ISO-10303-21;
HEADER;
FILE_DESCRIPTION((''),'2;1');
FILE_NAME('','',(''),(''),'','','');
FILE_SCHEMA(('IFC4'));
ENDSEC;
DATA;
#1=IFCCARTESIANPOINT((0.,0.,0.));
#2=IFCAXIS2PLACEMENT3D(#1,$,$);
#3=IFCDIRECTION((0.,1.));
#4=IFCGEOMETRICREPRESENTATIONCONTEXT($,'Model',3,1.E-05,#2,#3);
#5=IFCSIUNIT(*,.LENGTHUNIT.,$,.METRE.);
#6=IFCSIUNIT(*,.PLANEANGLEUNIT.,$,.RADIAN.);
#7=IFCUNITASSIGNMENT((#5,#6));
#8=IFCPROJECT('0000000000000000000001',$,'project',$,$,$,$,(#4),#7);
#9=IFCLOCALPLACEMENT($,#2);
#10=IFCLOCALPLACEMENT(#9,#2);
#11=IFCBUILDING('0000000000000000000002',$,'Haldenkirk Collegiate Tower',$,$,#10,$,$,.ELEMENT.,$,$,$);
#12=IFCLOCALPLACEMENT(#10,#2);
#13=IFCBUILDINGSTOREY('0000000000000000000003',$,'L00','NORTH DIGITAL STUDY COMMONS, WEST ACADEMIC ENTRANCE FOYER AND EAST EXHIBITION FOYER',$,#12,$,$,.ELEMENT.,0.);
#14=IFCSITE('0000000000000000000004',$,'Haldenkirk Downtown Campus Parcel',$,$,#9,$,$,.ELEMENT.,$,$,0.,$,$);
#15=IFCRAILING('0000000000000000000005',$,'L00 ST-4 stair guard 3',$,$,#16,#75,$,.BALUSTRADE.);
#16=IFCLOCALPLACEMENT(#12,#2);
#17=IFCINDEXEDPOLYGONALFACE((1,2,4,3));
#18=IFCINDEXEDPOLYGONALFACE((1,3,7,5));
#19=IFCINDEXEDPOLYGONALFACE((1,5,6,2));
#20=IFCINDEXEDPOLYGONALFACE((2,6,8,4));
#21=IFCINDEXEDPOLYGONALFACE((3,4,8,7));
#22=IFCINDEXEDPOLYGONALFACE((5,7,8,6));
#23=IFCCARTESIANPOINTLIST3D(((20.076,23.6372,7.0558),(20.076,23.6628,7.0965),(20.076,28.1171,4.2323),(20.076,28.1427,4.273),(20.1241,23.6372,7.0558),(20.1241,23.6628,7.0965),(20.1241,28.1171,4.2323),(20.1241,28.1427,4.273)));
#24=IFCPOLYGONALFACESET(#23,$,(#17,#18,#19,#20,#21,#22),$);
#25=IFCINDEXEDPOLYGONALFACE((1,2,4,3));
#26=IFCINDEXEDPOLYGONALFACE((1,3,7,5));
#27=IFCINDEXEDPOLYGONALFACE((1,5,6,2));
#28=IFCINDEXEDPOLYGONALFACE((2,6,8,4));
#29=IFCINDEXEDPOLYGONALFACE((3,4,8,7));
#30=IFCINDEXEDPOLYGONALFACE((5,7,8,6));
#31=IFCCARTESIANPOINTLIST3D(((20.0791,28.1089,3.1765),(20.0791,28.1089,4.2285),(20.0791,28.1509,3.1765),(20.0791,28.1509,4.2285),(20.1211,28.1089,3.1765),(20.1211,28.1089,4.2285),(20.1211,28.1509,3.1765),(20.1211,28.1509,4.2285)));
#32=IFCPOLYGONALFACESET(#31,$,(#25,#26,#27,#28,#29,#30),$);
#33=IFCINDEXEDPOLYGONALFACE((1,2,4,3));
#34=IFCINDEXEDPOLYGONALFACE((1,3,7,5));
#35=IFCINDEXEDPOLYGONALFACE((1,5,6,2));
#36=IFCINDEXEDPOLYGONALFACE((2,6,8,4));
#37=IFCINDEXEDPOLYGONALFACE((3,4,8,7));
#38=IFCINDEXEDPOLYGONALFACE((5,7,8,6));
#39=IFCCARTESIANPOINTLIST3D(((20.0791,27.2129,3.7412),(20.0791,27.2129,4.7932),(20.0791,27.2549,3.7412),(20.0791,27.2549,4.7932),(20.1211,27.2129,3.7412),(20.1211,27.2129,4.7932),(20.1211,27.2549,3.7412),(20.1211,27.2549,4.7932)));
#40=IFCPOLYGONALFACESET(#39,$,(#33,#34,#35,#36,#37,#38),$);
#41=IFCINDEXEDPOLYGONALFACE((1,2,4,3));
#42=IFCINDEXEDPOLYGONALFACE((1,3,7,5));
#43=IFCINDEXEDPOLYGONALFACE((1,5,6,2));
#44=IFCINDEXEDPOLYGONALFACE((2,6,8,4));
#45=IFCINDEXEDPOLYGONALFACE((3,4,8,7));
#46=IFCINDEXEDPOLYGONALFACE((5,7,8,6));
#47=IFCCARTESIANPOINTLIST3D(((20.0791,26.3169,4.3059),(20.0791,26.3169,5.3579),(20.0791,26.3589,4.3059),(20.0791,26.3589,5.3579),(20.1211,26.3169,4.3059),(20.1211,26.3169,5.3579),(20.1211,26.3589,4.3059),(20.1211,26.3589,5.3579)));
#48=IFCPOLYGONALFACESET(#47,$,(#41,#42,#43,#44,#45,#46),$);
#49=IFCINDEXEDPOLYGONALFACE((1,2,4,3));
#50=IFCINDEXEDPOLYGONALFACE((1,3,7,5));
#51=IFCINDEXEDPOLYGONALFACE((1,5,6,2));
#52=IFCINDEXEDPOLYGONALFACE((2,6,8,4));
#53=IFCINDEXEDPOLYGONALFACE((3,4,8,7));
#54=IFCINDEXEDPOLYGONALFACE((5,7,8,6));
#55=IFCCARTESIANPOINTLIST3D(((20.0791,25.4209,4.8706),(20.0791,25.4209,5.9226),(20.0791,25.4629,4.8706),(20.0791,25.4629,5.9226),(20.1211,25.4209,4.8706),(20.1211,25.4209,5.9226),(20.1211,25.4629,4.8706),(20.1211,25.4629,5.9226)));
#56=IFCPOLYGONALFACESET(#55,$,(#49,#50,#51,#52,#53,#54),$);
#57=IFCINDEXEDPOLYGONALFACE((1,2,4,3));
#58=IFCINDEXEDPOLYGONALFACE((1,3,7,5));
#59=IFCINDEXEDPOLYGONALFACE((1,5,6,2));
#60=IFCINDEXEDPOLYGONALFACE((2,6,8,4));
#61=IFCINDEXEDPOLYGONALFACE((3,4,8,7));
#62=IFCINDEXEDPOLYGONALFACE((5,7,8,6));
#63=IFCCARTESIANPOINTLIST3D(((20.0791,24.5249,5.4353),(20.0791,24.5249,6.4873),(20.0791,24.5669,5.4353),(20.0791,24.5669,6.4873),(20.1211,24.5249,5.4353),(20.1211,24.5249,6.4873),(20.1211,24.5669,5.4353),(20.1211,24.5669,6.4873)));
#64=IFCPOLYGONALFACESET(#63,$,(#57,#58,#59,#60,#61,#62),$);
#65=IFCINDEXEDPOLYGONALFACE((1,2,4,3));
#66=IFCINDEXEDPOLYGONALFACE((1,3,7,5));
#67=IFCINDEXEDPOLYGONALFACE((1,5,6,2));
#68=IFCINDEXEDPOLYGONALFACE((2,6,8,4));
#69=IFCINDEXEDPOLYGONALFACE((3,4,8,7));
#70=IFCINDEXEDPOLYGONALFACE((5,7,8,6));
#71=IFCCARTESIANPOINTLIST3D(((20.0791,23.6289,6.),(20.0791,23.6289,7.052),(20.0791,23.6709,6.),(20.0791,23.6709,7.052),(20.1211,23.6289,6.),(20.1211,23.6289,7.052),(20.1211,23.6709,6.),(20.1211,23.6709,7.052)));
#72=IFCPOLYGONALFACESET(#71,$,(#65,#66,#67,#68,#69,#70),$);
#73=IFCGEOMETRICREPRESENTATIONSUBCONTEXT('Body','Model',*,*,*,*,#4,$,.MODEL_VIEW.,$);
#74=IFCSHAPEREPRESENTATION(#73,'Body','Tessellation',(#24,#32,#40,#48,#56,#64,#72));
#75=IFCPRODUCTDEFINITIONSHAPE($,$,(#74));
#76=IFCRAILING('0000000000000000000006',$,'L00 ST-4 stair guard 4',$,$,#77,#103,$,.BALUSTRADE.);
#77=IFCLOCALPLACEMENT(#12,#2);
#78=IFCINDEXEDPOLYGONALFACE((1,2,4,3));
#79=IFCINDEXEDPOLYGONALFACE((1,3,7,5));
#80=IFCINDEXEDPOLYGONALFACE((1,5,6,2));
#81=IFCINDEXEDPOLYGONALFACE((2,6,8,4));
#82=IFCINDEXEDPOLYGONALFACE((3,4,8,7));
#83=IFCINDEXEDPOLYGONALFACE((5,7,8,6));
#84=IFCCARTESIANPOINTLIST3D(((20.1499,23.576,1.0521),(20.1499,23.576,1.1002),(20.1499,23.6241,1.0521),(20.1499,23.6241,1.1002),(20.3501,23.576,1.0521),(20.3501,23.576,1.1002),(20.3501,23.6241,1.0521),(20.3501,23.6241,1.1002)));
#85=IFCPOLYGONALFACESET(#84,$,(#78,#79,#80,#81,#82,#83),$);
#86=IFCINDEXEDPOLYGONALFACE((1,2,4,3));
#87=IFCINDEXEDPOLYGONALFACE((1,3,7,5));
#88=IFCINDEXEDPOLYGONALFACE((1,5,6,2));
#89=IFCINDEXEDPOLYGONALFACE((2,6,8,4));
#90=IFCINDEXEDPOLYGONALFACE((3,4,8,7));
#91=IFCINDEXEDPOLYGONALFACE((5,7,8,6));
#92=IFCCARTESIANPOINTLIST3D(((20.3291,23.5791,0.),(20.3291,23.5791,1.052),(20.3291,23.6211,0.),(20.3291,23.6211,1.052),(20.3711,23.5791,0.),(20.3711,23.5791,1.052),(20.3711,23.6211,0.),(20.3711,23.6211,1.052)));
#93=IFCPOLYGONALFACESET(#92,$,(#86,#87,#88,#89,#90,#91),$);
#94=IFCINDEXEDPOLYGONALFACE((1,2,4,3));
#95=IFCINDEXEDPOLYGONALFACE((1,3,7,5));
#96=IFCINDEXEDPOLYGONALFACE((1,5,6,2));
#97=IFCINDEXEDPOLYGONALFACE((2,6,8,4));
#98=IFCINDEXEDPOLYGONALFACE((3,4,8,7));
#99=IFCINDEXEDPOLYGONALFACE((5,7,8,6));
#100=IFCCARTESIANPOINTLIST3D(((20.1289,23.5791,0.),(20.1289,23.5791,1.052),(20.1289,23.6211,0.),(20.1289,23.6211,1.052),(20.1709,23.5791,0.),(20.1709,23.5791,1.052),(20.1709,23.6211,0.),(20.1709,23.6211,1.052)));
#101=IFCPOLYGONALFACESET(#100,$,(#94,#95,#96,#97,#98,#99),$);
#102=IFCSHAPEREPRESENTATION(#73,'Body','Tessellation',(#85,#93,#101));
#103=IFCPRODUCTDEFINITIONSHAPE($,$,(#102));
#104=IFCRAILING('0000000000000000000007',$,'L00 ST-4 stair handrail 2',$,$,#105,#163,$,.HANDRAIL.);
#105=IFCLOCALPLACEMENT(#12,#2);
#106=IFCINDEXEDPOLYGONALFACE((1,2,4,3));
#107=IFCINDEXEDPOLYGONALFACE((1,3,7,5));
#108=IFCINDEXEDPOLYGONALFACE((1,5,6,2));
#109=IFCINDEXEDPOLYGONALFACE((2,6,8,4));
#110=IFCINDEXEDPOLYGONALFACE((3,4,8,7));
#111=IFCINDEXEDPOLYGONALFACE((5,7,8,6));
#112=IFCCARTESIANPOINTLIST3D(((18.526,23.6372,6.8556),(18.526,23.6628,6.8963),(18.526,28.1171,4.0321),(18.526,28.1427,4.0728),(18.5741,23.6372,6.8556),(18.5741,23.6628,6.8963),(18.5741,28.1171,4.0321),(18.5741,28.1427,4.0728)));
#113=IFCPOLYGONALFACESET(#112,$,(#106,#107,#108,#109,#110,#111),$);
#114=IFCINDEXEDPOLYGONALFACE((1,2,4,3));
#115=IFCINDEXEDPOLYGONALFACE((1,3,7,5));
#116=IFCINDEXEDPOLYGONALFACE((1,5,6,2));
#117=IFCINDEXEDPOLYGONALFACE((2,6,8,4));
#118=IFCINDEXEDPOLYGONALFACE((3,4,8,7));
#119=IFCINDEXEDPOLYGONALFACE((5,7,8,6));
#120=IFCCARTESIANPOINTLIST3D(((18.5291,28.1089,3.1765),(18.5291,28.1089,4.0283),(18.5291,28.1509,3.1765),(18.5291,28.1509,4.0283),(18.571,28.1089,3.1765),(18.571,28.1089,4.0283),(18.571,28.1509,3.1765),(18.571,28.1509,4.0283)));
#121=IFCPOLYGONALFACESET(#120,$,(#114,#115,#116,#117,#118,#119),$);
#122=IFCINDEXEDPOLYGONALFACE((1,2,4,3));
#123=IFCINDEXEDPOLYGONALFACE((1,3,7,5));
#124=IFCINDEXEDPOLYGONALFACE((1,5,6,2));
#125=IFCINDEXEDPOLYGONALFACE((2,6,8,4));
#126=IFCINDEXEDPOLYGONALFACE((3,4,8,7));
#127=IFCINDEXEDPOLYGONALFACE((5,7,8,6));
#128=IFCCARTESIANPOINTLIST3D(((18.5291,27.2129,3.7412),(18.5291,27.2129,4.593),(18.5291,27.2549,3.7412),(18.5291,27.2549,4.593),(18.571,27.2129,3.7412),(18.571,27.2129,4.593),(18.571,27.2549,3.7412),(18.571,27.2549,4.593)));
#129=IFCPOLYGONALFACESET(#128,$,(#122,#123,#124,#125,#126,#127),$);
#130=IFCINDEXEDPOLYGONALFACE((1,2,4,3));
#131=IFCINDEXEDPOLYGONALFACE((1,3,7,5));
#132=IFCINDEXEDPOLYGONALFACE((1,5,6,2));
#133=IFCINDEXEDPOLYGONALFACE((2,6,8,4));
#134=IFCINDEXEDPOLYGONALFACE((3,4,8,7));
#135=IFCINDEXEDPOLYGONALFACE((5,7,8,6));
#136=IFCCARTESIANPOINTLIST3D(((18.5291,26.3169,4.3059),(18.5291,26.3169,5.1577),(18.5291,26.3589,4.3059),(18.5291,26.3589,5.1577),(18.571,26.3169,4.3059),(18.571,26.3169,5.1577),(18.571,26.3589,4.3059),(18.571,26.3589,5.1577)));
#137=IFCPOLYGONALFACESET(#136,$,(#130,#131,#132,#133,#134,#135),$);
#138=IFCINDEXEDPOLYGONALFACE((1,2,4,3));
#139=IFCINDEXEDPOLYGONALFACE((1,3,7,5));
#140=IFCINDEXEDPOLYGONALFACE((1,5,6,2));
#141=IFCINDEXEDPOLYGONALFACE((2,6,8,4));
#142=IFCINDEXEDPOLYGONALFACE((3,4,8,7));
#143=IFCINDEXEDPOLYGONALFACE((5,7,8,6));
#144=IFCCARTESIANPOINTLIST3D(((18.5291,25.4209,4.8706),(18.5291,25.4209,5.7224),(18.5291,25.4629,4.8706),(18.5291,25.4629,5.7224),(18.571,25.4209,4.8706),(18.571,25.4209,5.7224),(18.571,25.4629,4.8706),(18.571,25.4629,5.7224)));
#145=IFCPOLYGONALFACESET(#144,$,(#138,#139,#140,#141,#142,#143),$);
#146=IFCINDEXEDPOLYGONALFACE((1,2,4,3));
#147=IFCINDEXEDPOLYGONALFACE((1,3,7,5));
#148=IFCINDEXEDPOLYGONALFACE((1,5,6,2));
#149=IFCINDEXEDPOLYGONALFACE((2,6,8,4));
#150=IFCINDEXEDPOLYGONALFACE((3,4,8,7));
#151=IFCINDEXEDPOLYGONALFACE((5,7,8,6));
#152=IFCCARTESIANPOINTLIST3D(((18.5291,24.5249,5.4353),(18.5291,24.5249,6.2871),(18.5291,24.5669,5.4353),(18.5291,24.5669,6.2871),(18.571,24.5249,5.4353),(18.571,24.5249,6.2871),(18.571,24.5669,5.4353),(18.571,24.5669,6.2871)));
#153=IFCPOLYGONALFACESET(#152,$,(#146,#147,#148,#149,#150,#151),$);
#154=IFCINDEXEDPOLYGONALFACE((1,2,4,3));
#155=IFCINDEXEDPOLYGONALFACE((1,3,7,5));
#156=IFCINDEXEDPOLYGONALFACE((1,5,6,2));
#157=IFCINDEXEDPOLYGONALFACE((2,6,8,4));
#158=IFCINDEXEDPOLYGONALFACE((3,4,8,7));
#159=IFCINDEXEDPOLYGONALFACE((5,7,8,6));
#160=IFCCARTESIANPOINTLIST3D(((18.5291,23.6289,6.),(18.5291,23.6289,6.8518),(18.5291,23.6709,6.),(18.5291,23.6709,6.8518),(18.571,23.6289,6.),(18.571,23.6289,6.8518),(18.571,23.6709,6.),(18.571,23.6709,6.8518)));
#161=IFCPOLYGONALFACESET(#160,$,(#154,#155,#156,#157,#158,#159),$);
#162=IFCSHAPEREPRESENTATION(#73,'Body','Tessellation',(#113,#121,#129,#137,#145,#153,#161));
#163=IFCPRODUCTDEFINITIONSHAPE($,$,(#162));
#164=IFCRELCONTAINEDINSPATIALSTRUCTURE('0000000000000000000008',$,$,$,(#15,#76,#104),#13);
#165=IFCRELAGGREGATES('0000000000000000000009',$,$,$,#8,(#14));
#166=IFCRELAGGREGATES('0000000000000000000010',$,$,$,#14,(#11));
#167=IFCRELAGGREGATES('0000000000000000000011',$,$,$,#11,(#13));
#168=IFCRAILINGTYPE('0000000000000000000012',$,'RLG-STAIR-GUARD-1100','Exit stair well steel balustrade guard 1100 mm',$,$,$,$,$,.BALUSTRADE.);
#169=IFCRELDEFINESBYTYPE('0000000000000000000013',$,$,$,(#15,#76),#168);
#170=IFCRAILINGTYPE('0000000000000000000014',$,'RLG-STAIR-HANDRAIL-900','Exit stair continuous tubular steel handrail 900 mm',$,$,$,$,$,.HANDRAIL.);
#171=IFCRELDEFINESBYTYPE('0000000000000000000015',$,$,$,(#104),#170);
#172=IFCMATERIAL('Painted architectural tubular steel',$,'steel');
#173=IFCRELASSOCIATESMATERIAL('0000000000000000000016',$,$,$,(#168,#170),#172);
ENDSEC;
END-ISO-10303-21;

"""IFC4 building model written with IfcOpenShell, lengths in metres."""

from ifc_helpers import new_model, si_unit, direction, frame, origin, origin_2d, place, context, subcontext, project, spatial, rectangle, extrude, material, type_object, element, save


model = new_model("IFC4")

# Units and contexts
model_context = context("Model", 3, precision=1e-05, world=origin(), true_north=direction((0.0, 1.0)))
body_context = subcontext(model_context, "Body", "Model", "MODEL_VIEW")
ifc_project = project(units=[si_unit("LENGTHUNIT", "METRE"), si_unit("PLANEANGLEUNIT", "RADIAN")], contexts=[model_context])

# Site, building, storey
site_placement = place(None, origin())
site = spatial("IfcSite", under=ifc_project, at=site_placement, Name="Haldenkirk Downtown Campus Parcel", CompositionType="ELEMENT", RefElevation=0.0)
building_placement = place(site_placement, origin())
building = spatial("IfcBuilding", under=site, at=building_placement, Name="Haldenkirk Collegiate Tower", CompositionType="ELEMENT")
storey_placement = place(building_placement, origin())
storey = spatial("IfcBuildingStorey", under=building, at=storey_placement, Name="L00", Description="NORTH DIGITAL STUDY COMMONS, WEST ACADEMIC ENTRANCE FOYER AND EAST EXHIBITION FOYER", CompositionType="ELEMENT", Elevation=0.0)

# Railings
ifc_material_1 = material(Name="Painted architectural tubular steel", Category="steel")
railing_type_1 = type_object("IfcRailingType", Name="RLG-STAIR-GUARD-1100", Description="Exit stair well steel balustrade guard 1100 mm", PredefinedType="BALUSTRADE", material=ifc_material_1)
railing_1_placement = place(storey_placement, frame((20.1001, 28.1299, 3.1765)))
element("IfcRailing", 1, at=railing_1_placement, inside=storey, type_object=railing_type_1, Name="L00 ST-4 stair guard 3", PredefinedType="BALUSTRADE", context=body_context, shape_type="SweptSolid", body=[
    extrude(rectangle(XDim=0.0481, YDim=0.0481, at=origin_2d()), frame((0.0, 0.0, 1.0762), z_axis=(0.0, -0.845998, 0.533186), x_axis=(1.0, 0.0, 0.0)), (0.0, 0.0, 1.0), 5.2954),
    extrude(rectangle(XDim=0.042, YDim=0.042, at=origin_2d()), origin(), (0.0, 0.0, 1.0), 1.052),
    extrude(rectangle(XDim=0.042, YDim=0.042, at=origin_2d()), frame((0.0, -0.896, 0.5647)), (0.0, 0.0, 1.0), 1.052),
    extrude(rectangle(XDim=0.042, YDim=0.042, at=origin_2d()), frame((0.0, -1.792, 1.1294)), (0.0, 0.0, 1.0), 1.052),
    extrude(rectangle(XDim=0.042, YDim=0.042, at=origin_2d()), frame((0.0, -2.688, 1.6941)), (0.0, 0.0, 1.0), 1.052),
    extrude(rectangle(XDim=0.042, YDim=0.042, at=origin_2d()), frame((0.0, -3.584, 2.2588)), (0.0, 0.0, 1.0), 1.052),
    extrude(rectangle(XDim=0.042, YDim=0.042, at=origin_2d()), frame((0.0, -4.48, 2.8235)), (0.0, 0.0, 1.0), 1.052),
])
railing_2_placement = place(storey_placement, frame((20.3501, 23.6001, 0.0)))
element("IfcRailing", 2, at=railing_2_placement, inside=storey, type_object=railing_type_1, Name="L00 ST-4 stair guard 4", PredefinedType="BALUSTRADE", context=body_context, shape_type="SweptSolid", body=[
    extrude(rectangle(XDim=0.0481, YDim=0.0481, at=origin_2d()), frame((0.0, 0.0, 1.0762), z_axis=(-1.0, 0.0, 0.0), x_axis=(0.0, -1.0, 0.0)), (0.0, 0.0, 1.0), 0.2002),
    extrude(rectangle(XDim=0.042, YDim=0.042, at=origin_2d()), origin(), (0.0, 0.0, 1.0), 1.052),
    extrude(rectangle(XDim=0.042, YDim=0.042, at=origin_2d()), frame((-0.2002, 0.0, 0.0)), (0.0, 0.0, 1.0), 1.052),
])
railing_type_2 = type_object("IfcRailingType", Name="RLG-STAIR-HANDRAIL-900", Description="Exit stair continuous tubular steel handrail 900 mm", PredefinedType="HANDRAIL", material=ifc_material_1)
railing_3_placement = place(storey_placement, frame((18.55, 28.1299, 3.1765)))
element("IfcRailing", 3, at=railing_3_placement, inside=storey, type_object=railing_type_2, Name="L00 ST-4 stair handrail 2", PredefinedType="HANDRAIL", context=body_context, shape_type="SweptSolid", body=[
    extrude(rectangle(XDim=0.0481, YDim=0.0481, at=origin_2d()), frame((0.0, 0.0, 0.876), z_axis=(0.0, -0.845998, 0.533186), x_axis=(1.0, 0.0, 0.0)), (0.0, 0.0, 1.0), 5.2954),
    extrude(rectangle(XDim=0.042, YDim=0.042, at=origin_2d()), origin(), (0.0, 0.0, 1.0), 0.8518),
    extrude(rectangle(XDim=0.042, YDim=0.042, at=origin_2d()), frame((0.0, -0.896, 0.5647)), (0.0, 0.0, 1.0), 0.8518),
    extrude(rectangle(XDim=0.042, YDim=0.042, at=origin_2d()), frame((0.0, -1.792, 1.1294)), (0.0, 0.0, 1.0), 0.8518),
    extrude(rectangle(XDim=0.042, YDim=0.042, at=origin_2d()), frame((0.0, -2.688, 1.6941)), (0.0, 0.0, 1.0), 0.8518),
    extrude(rectangle(XDim=0.042, YDim=0.042, at=origin_2d()), frame((0.0, -3.584, 2.2588)), (0.0, 0.0, 1.0), 0.8518),
    extrude(rectangle(XDim=0.042, YDim=0.042, at=origin_2d()), frame((0.0, -4.48, 2.8235)), (0.0, 0.0, 1.0), 0.8518),
])

save(model, "model.ifc")
